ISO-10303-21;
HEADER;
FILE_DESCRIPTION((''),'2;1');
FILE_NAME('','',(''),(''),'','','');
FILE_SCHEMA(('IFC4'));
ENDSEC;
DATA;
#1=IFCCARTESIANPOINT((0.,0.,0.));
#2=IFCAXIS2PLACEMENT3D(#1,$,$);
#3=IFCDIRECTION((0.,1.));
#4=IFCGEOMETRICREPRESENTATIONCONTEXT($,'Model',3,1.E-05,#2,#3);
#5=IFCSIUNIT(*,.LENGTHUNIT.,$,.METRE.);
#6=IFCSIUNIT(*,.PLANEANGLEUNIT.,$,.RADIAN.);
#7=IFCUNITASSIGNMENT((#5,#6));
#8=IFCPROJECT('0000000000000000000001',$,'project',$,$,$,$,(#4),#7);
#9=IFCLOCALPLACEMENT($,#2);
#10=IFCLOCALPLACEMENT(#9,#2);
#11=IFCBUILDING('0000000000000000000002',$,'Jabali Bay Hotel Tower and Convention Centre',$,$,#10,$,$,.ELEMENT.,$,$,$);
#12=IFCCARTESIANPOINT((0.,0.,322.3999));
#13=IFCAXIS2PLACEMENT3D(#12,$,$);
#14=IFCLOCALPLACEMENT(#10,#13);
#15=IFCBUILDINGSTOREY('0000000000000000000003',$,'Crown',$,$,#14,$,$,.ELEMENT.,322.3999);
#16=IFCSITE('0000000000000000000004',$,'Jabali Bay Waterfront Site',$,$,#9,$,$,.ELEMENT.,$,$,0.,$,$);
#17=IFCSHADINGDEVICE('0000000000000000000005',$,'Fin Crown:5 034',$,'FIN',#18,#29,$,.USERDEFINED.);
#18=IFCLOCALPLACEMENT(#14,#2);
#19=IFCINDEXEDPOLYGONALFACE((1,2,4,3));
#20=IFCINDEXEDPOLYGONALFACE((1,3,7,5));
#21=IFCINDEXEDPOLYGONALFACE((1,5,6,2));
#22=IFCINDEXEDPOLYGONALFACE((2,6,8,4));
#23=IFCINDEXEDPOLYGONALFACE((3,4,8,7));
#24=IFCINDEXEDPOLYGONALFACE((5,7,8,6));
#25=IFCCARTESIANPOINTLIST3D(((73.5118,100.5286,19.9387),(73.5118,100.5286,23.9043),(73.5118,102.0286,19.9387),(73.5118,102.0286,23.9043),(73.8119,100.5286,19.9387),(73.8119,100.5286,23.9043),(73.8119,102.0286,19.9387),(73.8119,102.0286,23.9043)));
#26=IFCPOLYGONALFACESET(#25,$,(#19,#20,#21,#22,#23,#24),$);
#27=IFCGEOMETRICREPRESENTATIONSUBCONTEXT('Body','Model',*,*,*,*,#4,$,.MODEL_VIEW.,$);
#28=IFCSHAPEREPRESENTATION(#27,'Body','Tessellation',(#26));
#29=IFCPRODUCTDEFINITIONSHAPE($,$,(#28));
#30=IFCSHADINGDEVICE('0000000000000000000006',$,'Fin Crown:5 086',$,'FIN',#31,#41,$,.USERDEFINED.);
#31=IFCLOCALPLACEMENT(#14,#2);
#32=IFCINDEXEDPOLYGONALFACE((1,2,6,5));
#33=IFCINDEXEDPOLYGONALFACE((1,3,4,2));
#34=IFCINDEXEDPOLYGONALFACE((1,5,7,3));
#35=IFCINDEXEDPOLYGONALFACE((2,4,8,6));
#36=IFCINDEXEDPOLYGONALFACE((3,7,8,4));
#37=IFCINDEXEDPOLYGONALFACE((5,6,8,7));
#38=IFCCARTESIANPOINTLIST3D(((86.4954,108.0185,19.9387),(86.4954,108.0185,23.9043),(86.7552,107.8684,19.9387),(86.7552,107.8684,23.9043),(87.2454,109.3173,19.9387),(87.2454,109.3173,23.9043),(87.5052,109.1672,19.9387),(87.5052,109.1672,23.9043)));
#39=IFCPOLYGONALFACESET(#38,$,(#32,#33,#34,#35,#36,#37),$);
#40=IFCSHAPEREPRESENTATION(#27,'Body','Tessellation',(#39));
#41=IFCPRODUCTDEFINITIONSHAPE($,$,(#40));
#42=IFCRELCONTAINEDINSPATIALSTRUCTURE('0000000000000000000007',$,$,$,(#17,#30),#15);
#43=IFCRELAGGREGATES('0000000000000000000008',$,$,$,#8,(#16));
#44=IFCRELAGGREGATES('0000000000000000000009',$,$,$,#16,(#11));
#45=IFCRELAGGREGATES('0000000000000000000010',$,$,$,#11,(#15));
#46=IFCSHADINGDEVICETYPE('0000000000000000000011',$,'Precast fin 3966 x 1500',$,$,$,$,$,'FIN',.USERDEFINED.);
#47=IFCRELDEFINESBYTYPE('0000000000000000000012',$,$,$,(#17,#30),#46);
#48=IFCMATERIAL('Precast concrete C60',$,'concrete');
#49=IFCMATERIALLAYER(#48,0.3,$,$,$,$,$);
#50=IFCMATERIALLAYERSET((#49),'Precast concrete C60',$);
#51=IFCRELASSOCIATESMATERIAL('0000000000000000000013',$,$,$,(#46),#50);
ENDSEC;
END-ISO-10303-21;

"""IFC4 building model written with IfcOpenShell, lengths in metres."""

from ifc_helpers import new_model, si_unit, direction, frame, frame_2d, origin, place, context, subcontext, project, spatial, rectangle, extrude, material, layer, layer_set, type_object, element, save


model = new_model("IFC4")

# Units and contexts
model_context = context("Model", 3, precision=1e-05, world=origin(), true_north=direction((0.0, 1.0)))
body_context = subcontext(model_context, "Body", "Model", "MODEL_VIEW")
ifc_project = project(units=[si_unit("LENGTHUNIT", "METRE"), si_unit("PLANEANGLEUNIT", "RADIAN")], contexts=[model_context])

# Site, building, storey
site_placement = place(None, origin())
site = spatial("IfcSite", under=ifc_project, at=site_placement, Name="Jabali Bay Waterfront Site", CompositionType="ELEMENT", RefElevation=0.0)
building_placement = place(site_placement, origin())
building = spatial("IfcBuilding", under=site, at=building_placement, Name="Jabali Bay Hotel Tower and Convention Centre", CompositionType="ELEMENT")
storey_placement = place(building_placement, frame((0.0, 0.0, 322.3999)))
storey = spatial("IfcBuildingStorey", under=building, at=storey_placement, Name="Crown", CompositionType="ELEMENT", Elevation=322.3999)

# Shading devices
ifc_material_1 = material(Name="Precast concrete C60", Category="concrete")
ifc_layer = layer(ifc_material_1, 0.3)
ifc_layer_set = layer_set([ifc_layer], Name="Precast concrete C60")
shading_device_type = type_object("IfcShadingDeviceType", Name="Precast fin 3966 x 1500", ElementType="FIN", PredefinedType="USERDEFINED", material=ifc_layer_set)
for number, where, z_axis, x_axis, name in (
    (1, (73.6619, 100.5286, 19.9387), (0.0, 0.0, 1.0), (0.0, 1.0, 0.0), "Fin Crown:5 034"),
):
    element("IfcShadingDevice", number, at=place(storey_placement, frame(where, z_axis=z_axis, x_axis=x_axis)), inside=storey, type_object=shading_device_type, Name=name, ObjectType="FIN", PredefinedType="USERDEFINED", context=body_context, shape_type="SweptSolid", body=[
        extrude(rectangle(XDim=1.5, YDim=0.3, at=frame_2d((0.75, 0.0))), origin(), (0.0, 0.0, 1.0), 3.9656),
    ])
shading_device_1_placement = place(storey_placement, frame((86.6252, 107.9434, 19.9387), z_axis=(0.0, 0.0, 1.0), x_axis=(0.500061, 0.86599, 0.0)))
element("IfcShadingDevice", 2, at=shading_device_1_placement, inside=storey, type_object=shading_device_type, Name="Fin Crown:5 086", ObjectType="FIN", PredefinedType="USERDEFINED", context=body_context, shape_type="SweptSolid", body=[
    extrude(rectangle(XDim=1.4998, YDim=0.3, at=frame_2d((0.75, 0.0))), origin(), (0.0, 0.0, 1.0), 3.9656),
])

save(model, "model.ifc")
